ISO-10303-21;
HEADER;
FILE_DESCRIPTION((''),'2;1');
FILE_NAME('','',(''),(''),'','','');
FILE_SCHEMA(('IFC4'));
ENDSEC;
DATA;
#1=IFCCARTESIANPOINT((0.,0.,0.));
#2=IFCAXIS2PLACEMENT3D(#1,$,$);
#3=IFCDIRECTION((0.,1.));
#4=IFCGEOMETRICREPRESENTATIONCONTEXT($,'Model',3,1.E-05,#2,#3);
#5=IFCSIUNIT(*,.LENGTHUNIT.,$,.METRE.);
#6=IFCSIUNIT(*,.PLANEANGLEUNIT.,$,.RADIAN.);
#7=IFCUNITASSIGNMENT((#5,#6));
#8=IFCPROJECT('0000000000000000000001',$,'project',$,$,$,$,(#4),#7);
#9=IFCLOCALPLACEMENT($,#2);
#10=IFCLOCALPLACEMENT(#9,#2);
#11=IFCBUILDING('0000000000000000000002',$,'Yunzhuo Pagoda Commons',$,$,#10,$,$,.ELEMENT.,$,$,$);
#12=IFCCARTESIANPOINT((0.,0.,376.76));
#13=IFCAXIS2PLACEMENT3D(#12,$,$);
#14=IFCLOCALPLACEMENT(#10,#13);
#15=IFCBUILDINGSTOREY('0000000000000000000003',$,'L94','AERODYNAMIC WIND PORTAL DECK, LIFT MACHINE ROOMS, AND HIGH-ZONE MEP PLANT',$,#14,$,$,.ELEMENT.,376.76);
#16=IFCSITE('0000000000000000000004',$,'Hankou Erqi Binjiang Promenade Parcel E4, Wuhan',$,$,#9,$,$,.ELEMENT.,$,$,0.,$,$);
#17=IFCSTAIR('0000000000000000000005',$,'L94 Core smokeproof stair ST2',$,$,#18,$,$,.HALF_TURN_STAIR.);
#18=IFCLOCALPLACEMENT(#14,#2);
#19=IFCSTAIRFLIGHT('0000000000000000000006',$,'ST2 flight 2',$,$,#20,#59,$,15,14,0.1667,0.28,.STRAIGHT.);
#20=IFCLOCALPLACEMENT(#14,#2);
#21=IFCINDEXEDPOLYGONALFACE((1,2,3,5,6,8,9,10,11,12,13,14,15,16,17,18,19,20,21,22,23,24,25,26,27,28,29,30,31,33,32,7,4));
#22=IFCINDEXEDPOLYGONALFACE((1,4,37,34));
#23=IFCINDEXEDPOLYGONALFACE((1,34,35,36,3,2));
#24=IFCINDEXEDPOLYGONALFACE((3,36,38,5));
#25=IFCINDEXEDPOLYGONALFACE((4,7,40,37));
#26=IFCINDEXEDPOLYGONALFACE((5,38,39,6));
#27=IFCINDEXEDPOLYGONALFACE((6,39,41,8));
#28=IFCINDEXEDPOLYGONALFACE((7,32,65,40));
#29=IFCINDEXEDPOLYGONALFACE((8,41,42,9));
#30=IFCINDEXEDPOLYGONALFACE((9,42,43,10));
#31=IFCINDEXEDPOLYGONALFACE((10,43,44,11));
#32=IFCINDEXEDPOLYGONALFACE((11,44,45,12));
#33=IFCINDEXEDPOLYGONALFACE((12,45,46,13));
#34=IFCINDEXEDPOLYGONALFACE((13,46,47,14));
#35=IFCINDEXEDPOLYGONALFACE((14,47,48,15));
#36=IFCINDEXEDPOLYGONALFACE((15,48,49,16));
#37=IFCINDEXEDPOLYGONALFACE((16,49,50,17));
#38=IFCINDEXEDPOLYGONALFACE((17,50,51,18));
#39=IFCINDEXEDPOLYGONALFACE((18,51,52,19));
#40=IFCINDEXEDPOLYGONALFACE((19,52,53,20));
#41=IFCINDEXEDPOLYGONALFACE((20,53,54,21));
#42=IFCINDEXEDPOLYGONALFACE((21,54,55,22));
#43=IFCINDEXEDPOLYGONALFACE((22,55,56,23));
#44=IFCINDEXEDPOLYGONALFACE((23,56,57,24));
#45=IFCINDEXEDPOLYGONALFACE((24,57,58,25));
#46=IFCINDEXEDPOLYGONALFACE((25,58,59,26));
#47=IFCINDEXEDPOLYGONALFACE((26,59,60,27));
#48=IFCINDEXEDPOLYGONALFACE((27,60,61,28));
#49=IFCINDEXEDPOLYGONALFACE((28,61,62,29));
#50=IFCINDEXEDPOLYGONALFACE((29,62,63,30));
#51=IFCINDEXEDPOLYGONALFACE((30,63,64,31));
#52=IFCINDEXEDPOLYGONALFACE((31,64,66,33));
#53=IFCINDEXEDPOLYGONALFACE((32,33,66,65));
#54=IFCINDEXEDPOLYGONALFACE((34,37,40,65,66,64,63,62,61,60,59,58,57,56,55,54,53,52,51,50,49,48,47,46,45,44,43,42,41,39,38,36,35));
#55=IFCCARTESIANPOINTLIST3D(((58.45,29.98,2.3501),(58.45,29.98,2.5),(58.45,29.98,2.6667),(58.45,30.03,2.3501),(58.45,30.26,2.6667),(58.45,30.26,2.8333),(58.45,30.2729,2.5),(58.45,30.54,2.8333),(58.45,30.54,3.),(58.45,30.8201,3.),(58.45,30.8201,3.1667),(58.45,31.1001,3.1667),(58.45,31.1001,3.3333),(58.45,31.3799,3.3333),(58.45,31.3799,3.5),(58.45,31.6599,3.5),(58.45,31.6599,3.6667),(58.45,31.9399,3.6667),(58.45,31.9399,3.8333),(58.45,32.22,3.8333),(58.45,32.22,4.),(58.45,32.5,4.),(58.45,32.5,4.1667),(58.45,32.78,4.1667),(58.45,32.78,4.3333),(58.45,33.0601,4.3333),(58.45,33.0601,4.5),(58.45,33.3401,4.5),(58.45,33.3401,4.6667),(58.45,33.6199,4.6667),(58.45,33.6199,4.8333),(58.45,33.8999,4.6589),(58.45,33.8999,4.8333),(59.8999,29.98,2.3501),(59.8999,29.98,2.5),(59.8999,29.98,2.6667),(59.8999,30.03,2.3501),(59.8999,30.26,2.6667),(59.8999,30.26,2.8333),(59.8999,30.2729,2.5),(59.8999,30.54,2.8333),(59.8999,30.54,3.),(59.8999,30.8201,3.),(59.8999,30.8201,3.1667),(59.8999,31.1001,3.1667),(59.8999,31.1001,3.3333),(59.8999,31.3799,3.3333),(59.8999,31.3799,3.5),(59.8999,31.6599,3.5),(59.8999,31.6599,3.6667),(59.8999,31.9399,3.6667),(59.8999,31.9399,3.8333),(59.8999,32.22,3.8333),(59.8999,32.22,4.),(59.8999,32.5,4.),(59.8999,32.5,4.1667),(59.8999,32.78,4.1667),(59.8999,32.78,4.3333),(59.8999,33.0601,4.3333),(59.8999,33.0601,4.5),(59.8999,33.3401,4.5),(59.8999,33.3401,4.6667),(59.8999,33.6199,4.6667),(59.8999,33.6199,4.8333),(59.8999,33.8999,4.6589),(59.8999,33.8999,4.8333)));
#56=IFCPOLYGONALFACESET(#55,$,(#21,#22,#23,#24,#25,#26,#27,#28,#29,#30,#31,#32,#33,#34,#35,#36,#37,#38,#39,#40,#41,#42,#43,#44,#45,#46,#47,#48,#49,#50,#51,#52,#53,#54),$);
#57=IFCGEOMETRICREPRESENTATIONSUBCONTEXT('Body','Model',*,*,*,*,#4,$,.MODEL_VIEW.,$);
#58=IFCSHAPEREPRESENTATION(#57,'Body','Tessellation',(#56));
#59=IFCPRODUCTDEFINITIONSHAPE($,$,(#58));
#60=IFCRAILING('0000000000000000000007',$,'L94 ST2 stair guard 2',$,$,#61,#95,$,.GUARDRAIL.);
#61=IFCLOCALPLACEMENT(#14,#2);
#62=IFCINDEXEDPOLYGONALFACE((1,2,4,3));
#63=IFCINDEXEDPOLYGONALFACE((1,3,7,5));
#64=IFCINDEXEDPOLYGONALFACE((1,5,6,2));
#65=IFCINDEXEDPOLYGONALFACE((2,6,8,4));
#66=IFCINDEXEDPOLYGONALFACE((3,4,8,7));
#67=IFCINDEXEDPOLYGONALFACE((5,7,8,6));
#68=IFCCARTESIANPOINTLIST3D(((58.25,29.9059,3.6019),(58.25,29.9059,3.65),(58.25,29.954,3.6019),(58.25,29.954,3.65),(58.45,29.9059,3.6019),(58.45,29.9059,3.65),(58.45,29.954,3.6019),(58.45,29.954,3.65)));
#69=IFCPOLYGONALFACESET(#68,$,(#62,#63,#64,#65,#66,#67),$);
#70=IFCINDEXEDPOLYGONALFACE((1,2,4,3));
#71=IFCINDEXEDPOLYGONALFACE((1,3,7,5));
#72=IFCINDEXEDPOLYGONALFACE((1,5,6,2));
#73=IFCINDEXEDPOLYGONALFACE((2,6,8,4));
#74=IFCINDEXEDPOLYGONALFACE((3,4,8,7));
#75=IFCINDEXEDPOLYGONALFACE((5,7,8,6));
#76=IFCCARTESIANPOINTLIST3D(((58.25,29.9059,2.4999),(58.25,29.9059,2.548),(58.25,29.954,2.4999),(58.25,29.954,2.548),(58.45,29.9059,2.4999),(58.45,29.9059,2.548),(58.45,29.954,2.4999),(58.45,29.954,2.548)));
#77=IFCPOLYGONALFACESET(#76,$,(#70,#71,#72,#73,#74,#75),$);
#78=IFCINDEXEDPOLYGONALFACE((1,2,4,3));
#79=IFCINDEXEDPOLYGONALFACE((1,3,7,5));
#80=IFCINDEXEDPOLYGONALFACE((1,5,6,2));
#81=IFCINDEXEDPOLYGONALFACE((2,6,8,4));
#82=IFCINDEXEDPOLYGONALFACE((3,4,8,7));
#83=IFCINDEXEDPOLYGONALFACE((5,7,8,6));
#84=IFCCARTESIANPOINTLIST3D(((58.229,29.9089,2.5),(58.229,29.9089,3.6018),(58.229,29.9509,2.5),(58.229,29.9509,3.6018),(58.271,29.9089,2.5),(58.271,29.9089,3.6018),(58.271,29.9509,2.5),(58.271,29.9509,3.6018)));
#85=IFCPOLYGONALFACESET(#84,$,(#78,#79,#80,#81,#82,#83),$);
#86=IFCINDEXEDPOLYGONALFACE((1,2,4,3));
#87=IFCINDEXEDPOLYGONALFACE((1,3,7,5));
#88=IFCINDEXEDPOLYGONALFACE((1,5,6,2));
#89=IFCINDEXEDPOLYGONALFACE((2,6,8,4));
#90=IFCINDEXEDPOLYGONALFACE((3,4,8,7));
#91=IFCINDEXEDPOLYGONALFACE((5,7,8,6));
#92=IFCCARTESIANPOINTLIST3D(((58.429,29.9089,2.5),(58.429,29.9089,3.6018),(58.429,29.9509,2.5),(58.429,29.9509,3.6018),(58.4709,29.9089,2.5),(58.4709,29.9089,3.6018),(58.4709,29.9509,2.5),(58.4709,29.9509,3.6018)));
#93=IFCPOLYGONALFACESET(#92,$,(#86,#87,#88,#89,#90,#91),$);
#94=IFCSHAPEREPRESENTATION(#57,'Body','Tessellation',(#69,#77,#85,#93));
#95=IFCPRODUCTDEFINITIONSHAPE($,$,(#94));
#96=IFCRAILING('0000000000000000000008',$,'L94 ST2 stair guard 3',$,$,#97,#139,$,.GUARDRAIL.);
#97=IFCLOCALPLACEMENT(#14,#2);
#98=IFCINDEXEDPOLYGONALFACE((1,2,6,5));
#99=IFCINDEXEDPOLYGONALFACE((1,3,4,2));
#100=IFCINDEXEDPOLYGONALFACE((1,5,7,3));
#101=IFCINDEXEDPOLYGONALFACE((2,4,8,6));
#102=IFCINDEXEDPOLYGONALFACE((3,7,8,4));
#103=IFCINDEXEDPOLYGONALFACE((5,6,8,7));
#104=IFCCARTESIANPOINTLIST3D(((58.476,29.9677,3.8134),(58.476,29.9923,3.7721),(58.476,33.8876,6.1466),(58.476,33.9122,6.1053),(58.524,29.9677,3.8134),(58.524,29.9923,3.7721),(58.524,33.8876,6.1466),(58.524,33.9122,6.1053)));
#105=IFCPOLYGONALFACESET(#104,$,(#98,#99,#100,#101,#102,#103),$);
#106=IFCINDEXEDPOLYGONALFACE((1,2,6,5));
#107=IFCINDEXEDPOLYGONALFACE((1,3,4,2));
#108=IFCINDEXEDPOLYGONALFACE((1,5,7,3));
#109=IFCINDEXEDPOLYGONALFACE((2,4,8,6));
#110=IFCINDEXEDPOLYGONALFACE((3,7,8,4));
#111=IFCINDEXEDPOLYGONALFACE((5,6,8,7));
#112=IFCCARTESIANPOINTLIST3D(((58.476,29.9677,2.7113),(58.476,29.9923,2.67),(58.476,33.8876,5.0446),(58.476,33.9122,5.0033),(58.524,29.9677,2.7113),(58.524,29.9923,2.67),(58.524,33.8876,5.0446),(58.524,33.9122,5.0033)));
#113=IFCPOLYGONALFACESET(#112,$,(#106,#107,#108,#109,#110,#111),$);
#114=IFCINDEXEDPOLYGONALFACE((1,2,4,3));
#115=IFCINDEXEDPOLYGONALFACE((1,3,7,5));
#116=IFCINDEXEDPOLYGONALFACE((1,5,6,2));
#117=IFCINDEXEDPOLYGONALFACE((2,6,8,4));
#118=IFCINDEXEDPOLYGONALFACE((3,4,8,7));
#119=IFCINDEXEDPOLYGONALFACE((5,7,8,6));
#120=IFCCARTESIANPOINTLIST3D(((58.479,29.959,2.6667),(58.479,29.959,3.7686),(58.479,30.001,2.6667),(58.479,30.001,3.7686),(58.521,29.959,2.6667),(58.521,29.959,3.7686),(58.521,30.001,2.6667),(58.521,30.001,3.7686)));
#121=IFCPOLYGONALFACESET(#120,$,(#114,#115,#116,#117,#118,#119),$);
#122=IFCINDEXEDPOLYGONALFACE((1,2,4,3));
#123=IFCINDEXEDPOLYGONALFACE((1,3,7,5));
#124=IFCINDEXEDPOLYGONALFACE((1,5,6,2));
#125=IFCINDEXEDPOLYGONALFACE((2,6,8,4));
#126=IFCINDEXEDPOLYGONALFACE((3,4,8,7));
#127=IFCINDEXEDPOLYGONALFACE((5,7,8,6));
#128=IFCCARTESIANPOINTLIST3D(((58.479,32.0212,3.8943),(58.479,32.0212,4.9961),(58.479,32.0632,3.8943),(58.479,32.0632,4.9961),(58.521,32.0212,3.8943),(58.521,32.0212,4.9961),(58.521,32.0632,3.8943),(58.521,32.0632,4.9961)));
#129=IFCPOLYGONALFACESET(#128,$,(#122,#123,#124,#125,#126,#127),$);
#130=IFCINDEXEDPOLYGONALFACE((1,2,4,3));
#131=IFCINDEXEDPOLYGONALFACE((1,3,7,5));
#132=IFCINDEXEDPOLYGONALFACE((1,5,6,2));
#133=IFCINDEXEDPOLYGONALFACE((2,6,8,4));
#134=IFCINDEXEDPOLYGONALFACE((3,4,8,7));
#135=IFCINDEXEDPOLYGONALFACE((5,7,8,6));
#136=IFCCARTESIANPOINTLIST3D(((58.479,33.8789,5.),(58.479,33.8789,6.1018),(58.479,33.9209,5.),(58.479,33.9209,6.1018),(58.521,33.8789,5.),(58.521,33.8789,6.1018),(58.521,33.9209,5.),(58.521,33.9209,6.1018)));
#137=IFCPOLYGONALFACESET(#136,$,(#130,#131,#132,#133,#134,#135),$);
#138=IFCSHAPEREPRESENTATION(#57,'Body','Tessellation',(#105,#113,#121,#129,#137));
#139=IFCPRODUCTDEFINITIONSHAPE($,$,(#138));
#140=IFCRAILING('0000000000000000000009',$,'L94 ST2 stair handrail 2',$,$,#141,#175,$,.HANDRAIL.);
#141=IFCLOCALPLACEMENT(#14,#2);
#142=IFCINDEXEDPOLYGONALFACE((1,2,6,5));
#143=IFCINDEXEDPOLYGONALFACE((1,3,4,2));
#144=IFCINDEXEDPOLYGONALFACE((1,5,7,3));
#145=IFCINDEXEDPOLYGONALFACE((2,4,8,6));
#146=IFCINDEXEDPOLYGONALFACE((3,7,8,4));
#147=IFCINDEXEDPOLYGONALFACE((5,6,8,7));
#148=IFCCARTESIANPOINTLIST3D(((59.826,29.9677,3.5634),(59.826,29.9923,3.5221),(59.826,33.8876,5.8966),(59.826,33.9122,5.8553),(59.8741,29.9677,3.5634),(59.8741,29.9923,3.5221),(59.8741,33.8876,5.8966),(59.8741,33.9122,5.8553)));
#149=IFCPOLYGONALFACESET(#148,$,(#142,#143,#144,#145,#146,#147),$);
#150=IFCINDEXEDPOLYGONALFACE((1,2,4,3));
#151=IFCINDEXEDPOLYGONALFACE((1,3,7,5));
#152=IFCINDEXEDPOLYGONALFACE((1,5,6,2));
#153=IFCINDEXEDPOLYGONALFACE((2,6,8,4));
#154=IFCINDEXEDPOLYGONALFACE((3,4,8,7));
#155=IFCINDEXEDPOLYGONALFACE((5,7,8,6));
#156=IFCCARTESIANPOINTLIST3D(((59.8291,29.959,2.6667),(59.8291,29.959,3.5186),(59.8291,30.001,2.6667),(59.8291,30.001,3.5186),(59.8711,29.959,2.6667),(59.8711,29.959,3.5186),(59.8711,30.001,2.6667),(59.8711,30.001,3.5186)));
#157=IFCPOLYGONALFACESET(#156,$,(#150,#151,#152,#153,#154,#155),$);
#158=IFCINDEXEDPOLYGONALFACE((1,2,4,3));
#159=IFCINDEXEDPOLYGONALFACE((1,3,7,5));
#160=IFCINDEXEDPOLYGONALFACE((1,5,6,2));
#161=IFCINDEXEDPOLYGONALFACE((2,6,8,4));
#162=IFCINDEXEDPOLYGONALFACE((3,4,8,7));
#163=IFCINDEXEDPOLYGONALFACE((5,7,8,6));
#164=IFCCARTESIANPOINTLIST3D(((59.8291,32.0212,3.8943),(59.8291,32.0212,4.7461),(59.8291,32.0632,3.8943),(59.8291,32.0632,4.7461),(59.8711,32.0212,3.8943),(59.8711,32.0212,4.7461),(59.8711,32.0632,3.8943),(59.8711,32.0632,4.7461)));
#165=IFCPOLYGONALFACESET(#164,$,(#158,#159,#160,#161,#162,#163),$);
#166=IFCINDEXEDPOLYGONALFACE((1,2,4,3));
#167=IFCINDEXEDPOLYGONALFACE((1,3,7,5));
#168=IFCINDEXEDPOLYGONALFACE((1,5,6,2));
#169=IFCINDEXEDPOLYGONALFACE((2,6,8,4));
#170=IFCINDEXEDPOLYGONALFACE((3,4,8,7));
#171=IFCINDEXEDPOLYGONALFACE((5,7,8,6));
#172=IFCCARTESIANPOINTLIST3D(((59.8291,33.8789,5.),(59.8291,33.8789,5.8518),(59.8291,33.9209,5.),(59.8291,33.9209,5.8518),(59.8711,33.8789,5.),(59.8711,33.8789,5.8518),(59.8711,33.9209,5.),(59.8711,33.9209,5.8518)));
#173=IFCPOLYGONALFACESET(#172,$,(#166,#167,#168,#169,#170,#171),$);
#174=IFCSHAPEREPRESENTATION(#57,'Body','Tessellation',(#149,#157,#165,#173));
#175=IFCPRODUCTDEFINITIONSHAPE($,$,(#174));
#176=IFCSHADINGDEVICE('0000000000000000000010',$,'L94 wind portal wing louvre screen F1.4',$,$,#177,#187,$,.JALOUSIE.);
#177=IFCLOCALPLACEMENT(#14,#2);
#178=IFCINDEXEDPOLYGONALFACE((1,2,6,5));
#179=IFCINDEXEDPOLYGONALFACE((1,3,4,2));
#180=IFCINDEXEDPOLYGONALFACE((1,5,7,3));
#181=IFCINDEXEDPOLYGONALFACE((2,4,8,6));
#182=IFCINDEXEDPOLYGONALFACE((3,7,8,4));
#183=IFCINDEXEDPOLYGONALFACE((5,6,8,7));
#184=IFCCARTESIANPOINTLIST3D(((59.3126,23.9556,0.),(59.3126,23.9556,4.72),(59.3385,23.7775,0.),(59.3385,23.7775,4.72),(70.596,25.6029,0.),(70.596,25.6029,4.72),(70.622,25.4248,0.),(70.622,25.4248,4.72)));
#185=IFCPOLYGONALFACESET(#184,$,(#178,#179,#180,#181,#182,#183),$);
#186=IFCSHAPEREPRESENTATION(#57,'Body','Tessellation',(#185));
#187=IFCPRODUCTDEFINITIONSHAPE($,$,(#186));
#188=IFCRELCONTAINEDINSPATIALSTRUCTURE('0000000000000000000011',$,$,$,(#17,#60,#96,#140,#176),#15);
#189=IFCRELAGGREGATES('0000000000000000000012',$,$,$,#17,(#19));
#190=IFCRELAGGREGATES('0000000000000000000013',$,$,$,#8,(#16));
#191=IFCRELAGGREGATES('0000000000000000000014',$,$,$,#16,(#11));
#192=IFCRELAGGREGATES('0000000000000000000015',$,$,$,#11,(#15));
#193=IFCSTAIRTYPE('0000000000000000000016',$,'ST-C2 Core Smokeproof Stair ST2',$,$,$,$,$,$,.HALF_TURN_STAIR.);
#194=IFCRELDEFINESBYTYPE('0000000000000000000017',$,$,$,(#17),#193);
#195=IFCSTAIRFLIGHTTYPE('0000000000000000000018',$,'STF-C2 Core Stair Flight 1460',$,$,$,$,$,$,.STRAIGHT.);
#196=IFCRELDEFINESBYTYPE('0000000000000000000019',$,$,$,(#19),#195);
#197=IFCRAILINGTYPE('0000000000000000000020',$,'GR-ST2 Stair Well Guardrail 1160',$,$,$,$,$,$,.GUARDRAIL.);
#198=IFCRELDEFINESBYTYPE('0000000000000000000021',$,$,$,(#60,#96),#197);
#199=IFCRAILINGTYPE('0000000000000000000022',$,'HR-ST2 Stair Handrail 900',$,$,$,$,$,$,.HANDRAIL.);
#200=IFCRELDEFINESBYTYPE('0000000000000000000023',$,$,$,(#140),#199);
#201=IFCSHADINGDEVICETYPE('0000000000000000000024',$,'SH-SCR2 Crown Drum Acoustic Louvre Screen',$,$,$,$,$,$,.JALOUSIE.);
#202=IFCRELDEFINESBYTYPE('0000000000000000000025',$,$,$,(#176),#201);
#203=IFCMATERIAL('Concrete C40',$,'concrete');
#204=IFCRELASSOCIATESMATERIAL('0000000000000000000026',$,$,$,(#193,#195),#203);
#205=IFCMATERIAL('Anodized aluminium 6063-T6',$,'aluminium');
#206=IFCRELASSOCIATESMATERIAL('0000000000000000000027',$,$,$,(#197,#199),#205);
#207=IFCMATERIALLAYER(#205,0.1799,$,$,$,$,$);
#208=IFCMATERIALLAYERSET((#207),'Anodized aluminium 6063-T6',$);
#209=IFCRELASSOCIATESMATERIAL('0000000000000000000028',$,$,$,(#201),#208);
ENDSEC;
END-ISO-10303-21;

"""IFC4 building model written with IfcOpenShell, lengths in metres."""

from ifc_helpers import new_model, si_unit, direction, frame, origin, origin_2d, place, context, subcontext, project, spatial, polyline, rectangle, outline, extrude, source, transform, mapped, material, layer, layer_set, type_object, element, aggregate, save


model = new_model("IFC4")

# Units and contexts
model_context = context("Model", 3, precision=1e-05, world=origin(), true_north=direction((0.0, 1.0)))
body_context = subcontext(model_context, "Body", "Model", "MODEL_VIEW")
ifc_project = project(units=[si_unit("LENGTHUNIT", "METRE"), si_unit("PLANEANGLEUNIT", "RADIAN")], contexts=[model_context])

# Site, building, storey
site_placement = place(None, origin())
site = spatial("IfcSite", under=ifc_project, at=site_placement, Name="Hankou Erqi Binjiang Promenade Parcel E4, Wuhan", CompositionType="ELEMENT", RefElevation=0.0)
building_placement = place(site_placement, origin())
building = spatial("IfcBuilding", under=site, at=building_placement, Name="Yunzhuo Pagoda Commons", CompositionType="ELEMENT")
storey_placement = place(building_placement, frame((0.0, 0.0, 376.76)))
storey = spatial("IfcBuildingStorey", under=building, at=storey_placement, Name="L94", Description="AERODYNAMIC WIND PORTAL DECK, LIFT MACHINE ROOMS, AND HIGH-ZONE MEP PLANT", CompositionType="ELEMENT", Elevation=376.76)

# Shared definitions
ifc_material_1 = material(Name="Concrete C40", Category="concrete")

# Stair, stair flight
stair_type = type_object("IfcStairType", Name="ST-C2 Core Smokeproof Stair ST2", PredefinedType="HALF_TURN_STAIR", material=ifc_material_1)
stair_placement = place(storey_placement, origin())
stair = element("IfcStair", 1, at=stair_placement, inside=storey, type_object=stair_type, Name="L94 Core smokeproof stair ST2", PredefinedType="HALF_TURN_STAIR")
stair_flight_type = type_object("IfcStairFlightType", Name="STF-C2 Core Stair Flight 1460", PredefinedType="STRAIGHT", material=ifc_material_1)
shared_shape_1 = source(origin(), body_context, "Body", "SweptSolid", [
    extrude(outline(polyline([(0.0, -0.1499), (0.0, 0.0), (0.0, 0.1667), (0.28, 0.1667), (0.28, 0.3333), (0.5601, 0.3333), (0.5601, 0.5), (0.8401, 0.5), (0.8401, 0.6667), (1.1201, 0.6667), (1.1201, 0.8333), (1.3999, 0.8333), (1.3999, 1.0), (1.6799, 1.0), (1.6799, 1.1667), (1.96, 1.1667), (1.96, 1.3333), (2.24, 1.3333), (2.24, 1.5), (2.52, 1.5), (2.52, 1.6667), (2.8, 1.6667), (2.8, 1.8333), (3.0801, 1.8333), (3.0801, 2.0), (3.3601, 2.0), (3.3601, 2.1667), (3.6399, 2.1667), (3.6399, 2.3333), (3.9199, 2.3333), (3.9199, 2.5), (3.9199, 2.1589), (0.293, 0.0), (0.05, -0.1499), (0.0, -0.1499)])), frame((0.0, 0.7251, 0.0), z_axis=(0.0, -1.0, 0.0), x_axis=(1.0, 0.0, 0.0)), (0.0, 0.0, 1.0), 1.45),
])
stair_flight_placement = place(storey_placement, frame((59.175, 29.98, 2.5), z_axis=(0.0, 0.0, 1.0), x_axis=(0.0, 1.0, 0.0)))
stair_flight = element("IfcStairFlight", 2, at=stair_flight_placement, type_object=stair_flight_type, Name="ST2 flight 2", NumberOfRisers=15, NumberOfTreads=14, PredefinedType="STRAIGHT", RiserHeight=0.1667, TreadLength=0.28, context=body_context, shape_type="MappedRepresentation", body=[
    mapped(shared_shape_1, transform((0.0, 0.0, 0.0), scale=1.0)),
])
aggregate(stair, [stair_flight])

# Railings
ifc_material_2 = material(Name="Anodized aluminium 6063-T6", Category="aluminium")
railing_type_1 = type_object("IfcRailingType", Name="GR-ST2 Stair Well Guardrail 1160", PredefinedType="GUARDRAIL", material=ifc_material_2)
railing_1_placement = place(storey_placement, frame((58.25, 29.9299, 2.5)))
element("IfcRailing", 3, at=railing_1_placement, inside=storey, type_object=railing_type_1, Name="L94 ST2 stair guard 2", PredefinedType="GUARDRAIL", context=body_context, shape_type="SweptSolid", body=[
    extrude(rectangle(XDim=0.0481, YDim=0.0481, at=origin_2d()), frame((0.0, 0.0, 1.126), z_axis=(1.0, 0.0, 0.0), x_axis=(0.0, 1.0, 0.0)), (0.0, 0.0, 1.0), 0.2),
    extrude(rectangle(XDim=0.0481, YDim=0.0481, at=origin_2d()), frame((0.0, 0.0, 0.0239), z_axis=(1.0, 0.0, 0.0), x_axis=(0.0, 1.0, 0.0)), (0.0, 0.0, 1.0), 0.2),
    extrude(rectangle(XDim=0.042, YDim=0.042, at=origin_2d()), origin(), (0.0, 0.0, 1.0), 1.1018),
    extrude(rectangle(XDim=0.042, YDim=0.042, at=origin_2d()), frame((0.2, 0.0, 0.0)), (0.0, 0.0, 1.0), 1.1018),
])
railing_2_placement = place(storey_placement, frame((58.5, 29.98, 2.6667)))
element("IfcRailing", 4, at=railing_2_placement, inside=storey, type_object=railing_type_1, Name="L94 ST2 stair guard 3", PredefinedType="GUARDRAIL", context=body_context, shape_type="SweptSolid", body=[
    extrude(rectangle(XDim=0.0481, YDim=0.0481, at=origin_2d()), frame((0.0, 0.0, 1.126), z_axis=(0.0, 0.859296, 0.511478), x_axis=(-1.0, 0.0, 0.0)), (0.0, 0.0, 1.0), 4.5618),
    extrude(rectangle(XDim=0.0481, YDim=0.0481, at=origin_2d()), frame((0.0, 0.0, 0.0239), z_axis=(0.0, 0.859296, 0.511478), x_axis=(-1.0, 0.0, 0.0)), (0.0, 0.0, 1.0), 4.5618),
    extrude(rectangle(XDim=0.042, YDim=0.042, at=origin_2d()), origin(), (0.0, 0.0, 1.0), 1.1018),
    extrude(rectangle(XDim=0.042, YDim=0.042, at=origin_2d()), frame((0.0, 2.0623, 1.2275)), (0.0, 0.0, 1.0), 1.1018),
    extrude(rectangle(XDim=0.042, YDim=0.042, at=origin_2d()), frame((0.0, 3.9199, 2.3333)), (0.0, 0.0, 1.0), 1.1018),
])
railing_type_2 = type_object("IfcRailingType", Name="HR-ST2 Stair Handrail 900", PredefinedType="HANDRAIL", material=ifc_material_2)
railing_3_placement = place(storey_placement, frame((59.8501, 29.98, 2.6667)))
element("IfcRailing", 5, at=railing_3_placement, inside=storey, type_object=railing_type_2, Name="L94 ST2 stair handrail 2", PredefinedType="HANDRAIL", context=body_context, shape_type="SweptSolid", body=[
    extrude(rectangle(XDim=0.0481, YDim=0.0481, at=origin_2d()), frame((0.0, 0.0, 0.876), z_axis=(0.0, 0.859296, 0.511478), x_axis=(-1.0, 0.0, 0.0)), (0.0, 0.0, 1.0), 4.5618),
    extrude(rectangle(XDim=0.042, YDim=0.042, at=origin_2d()), origin(), (0.0, 0.0, 1.0), 0.8518),
    extrude(rectangle(XDim=0.042, YDim=0.042, at=origin_2d()), frame((0.0, 2.0623, 1.2275)), (0.0, 0.0, 1.0), 0.8518),
    extrude(rectangle(XDim=0.042, YDim=0.042, at=origin_2d()), frame((0.0, 3.9199, 2.3333)), (0.0, 0.0, 1.0), 0.8518),
])

# Shading device
ifc_layer_1 = layer(ifc_material_2, 0.1799)
ifc_layer_set_1 = layer_set([ifc_layer_1], Name="Anodized aluminium 6063-T6")
shading_device_type = type_object("IfcShadingDeviceType", Name="SH-SCR2 Crown Drum Acoustic Louvre Screen", PredefinedType="JALOUSIE", material=ifc_layer_set_1)
shared_shape_2 = source(origin(), body_context, "Body", "SweptSolid", [
    extrude(rectangle(XDim=11.4031, YDim=0.1799, at=origin_2d()), origin(), (0.0, 0.0, 1.0), 4.72),
])
shading_device_placement = place(storey_placement, frame((64.9673, 24.6902, 0.0), z_axis=(0.0, 0.0, 1.0), x_axis=(0.989511, 0.14446, 0.0)))
element("IfcShadingDevice", 6, at=shading_device_placement, inside=storey, type_object=shading_device_type, Name="L94 wind portal wing louvre screen F1.4", PredefinedType="JALOUSIE", context=body_context, shape_type="MappedRepresentation", body=[
    mapped(shared_shape_2, transform((0.0, 0.0, 0.0), scale=1.0)),
])

save(model, "model.ifc")
